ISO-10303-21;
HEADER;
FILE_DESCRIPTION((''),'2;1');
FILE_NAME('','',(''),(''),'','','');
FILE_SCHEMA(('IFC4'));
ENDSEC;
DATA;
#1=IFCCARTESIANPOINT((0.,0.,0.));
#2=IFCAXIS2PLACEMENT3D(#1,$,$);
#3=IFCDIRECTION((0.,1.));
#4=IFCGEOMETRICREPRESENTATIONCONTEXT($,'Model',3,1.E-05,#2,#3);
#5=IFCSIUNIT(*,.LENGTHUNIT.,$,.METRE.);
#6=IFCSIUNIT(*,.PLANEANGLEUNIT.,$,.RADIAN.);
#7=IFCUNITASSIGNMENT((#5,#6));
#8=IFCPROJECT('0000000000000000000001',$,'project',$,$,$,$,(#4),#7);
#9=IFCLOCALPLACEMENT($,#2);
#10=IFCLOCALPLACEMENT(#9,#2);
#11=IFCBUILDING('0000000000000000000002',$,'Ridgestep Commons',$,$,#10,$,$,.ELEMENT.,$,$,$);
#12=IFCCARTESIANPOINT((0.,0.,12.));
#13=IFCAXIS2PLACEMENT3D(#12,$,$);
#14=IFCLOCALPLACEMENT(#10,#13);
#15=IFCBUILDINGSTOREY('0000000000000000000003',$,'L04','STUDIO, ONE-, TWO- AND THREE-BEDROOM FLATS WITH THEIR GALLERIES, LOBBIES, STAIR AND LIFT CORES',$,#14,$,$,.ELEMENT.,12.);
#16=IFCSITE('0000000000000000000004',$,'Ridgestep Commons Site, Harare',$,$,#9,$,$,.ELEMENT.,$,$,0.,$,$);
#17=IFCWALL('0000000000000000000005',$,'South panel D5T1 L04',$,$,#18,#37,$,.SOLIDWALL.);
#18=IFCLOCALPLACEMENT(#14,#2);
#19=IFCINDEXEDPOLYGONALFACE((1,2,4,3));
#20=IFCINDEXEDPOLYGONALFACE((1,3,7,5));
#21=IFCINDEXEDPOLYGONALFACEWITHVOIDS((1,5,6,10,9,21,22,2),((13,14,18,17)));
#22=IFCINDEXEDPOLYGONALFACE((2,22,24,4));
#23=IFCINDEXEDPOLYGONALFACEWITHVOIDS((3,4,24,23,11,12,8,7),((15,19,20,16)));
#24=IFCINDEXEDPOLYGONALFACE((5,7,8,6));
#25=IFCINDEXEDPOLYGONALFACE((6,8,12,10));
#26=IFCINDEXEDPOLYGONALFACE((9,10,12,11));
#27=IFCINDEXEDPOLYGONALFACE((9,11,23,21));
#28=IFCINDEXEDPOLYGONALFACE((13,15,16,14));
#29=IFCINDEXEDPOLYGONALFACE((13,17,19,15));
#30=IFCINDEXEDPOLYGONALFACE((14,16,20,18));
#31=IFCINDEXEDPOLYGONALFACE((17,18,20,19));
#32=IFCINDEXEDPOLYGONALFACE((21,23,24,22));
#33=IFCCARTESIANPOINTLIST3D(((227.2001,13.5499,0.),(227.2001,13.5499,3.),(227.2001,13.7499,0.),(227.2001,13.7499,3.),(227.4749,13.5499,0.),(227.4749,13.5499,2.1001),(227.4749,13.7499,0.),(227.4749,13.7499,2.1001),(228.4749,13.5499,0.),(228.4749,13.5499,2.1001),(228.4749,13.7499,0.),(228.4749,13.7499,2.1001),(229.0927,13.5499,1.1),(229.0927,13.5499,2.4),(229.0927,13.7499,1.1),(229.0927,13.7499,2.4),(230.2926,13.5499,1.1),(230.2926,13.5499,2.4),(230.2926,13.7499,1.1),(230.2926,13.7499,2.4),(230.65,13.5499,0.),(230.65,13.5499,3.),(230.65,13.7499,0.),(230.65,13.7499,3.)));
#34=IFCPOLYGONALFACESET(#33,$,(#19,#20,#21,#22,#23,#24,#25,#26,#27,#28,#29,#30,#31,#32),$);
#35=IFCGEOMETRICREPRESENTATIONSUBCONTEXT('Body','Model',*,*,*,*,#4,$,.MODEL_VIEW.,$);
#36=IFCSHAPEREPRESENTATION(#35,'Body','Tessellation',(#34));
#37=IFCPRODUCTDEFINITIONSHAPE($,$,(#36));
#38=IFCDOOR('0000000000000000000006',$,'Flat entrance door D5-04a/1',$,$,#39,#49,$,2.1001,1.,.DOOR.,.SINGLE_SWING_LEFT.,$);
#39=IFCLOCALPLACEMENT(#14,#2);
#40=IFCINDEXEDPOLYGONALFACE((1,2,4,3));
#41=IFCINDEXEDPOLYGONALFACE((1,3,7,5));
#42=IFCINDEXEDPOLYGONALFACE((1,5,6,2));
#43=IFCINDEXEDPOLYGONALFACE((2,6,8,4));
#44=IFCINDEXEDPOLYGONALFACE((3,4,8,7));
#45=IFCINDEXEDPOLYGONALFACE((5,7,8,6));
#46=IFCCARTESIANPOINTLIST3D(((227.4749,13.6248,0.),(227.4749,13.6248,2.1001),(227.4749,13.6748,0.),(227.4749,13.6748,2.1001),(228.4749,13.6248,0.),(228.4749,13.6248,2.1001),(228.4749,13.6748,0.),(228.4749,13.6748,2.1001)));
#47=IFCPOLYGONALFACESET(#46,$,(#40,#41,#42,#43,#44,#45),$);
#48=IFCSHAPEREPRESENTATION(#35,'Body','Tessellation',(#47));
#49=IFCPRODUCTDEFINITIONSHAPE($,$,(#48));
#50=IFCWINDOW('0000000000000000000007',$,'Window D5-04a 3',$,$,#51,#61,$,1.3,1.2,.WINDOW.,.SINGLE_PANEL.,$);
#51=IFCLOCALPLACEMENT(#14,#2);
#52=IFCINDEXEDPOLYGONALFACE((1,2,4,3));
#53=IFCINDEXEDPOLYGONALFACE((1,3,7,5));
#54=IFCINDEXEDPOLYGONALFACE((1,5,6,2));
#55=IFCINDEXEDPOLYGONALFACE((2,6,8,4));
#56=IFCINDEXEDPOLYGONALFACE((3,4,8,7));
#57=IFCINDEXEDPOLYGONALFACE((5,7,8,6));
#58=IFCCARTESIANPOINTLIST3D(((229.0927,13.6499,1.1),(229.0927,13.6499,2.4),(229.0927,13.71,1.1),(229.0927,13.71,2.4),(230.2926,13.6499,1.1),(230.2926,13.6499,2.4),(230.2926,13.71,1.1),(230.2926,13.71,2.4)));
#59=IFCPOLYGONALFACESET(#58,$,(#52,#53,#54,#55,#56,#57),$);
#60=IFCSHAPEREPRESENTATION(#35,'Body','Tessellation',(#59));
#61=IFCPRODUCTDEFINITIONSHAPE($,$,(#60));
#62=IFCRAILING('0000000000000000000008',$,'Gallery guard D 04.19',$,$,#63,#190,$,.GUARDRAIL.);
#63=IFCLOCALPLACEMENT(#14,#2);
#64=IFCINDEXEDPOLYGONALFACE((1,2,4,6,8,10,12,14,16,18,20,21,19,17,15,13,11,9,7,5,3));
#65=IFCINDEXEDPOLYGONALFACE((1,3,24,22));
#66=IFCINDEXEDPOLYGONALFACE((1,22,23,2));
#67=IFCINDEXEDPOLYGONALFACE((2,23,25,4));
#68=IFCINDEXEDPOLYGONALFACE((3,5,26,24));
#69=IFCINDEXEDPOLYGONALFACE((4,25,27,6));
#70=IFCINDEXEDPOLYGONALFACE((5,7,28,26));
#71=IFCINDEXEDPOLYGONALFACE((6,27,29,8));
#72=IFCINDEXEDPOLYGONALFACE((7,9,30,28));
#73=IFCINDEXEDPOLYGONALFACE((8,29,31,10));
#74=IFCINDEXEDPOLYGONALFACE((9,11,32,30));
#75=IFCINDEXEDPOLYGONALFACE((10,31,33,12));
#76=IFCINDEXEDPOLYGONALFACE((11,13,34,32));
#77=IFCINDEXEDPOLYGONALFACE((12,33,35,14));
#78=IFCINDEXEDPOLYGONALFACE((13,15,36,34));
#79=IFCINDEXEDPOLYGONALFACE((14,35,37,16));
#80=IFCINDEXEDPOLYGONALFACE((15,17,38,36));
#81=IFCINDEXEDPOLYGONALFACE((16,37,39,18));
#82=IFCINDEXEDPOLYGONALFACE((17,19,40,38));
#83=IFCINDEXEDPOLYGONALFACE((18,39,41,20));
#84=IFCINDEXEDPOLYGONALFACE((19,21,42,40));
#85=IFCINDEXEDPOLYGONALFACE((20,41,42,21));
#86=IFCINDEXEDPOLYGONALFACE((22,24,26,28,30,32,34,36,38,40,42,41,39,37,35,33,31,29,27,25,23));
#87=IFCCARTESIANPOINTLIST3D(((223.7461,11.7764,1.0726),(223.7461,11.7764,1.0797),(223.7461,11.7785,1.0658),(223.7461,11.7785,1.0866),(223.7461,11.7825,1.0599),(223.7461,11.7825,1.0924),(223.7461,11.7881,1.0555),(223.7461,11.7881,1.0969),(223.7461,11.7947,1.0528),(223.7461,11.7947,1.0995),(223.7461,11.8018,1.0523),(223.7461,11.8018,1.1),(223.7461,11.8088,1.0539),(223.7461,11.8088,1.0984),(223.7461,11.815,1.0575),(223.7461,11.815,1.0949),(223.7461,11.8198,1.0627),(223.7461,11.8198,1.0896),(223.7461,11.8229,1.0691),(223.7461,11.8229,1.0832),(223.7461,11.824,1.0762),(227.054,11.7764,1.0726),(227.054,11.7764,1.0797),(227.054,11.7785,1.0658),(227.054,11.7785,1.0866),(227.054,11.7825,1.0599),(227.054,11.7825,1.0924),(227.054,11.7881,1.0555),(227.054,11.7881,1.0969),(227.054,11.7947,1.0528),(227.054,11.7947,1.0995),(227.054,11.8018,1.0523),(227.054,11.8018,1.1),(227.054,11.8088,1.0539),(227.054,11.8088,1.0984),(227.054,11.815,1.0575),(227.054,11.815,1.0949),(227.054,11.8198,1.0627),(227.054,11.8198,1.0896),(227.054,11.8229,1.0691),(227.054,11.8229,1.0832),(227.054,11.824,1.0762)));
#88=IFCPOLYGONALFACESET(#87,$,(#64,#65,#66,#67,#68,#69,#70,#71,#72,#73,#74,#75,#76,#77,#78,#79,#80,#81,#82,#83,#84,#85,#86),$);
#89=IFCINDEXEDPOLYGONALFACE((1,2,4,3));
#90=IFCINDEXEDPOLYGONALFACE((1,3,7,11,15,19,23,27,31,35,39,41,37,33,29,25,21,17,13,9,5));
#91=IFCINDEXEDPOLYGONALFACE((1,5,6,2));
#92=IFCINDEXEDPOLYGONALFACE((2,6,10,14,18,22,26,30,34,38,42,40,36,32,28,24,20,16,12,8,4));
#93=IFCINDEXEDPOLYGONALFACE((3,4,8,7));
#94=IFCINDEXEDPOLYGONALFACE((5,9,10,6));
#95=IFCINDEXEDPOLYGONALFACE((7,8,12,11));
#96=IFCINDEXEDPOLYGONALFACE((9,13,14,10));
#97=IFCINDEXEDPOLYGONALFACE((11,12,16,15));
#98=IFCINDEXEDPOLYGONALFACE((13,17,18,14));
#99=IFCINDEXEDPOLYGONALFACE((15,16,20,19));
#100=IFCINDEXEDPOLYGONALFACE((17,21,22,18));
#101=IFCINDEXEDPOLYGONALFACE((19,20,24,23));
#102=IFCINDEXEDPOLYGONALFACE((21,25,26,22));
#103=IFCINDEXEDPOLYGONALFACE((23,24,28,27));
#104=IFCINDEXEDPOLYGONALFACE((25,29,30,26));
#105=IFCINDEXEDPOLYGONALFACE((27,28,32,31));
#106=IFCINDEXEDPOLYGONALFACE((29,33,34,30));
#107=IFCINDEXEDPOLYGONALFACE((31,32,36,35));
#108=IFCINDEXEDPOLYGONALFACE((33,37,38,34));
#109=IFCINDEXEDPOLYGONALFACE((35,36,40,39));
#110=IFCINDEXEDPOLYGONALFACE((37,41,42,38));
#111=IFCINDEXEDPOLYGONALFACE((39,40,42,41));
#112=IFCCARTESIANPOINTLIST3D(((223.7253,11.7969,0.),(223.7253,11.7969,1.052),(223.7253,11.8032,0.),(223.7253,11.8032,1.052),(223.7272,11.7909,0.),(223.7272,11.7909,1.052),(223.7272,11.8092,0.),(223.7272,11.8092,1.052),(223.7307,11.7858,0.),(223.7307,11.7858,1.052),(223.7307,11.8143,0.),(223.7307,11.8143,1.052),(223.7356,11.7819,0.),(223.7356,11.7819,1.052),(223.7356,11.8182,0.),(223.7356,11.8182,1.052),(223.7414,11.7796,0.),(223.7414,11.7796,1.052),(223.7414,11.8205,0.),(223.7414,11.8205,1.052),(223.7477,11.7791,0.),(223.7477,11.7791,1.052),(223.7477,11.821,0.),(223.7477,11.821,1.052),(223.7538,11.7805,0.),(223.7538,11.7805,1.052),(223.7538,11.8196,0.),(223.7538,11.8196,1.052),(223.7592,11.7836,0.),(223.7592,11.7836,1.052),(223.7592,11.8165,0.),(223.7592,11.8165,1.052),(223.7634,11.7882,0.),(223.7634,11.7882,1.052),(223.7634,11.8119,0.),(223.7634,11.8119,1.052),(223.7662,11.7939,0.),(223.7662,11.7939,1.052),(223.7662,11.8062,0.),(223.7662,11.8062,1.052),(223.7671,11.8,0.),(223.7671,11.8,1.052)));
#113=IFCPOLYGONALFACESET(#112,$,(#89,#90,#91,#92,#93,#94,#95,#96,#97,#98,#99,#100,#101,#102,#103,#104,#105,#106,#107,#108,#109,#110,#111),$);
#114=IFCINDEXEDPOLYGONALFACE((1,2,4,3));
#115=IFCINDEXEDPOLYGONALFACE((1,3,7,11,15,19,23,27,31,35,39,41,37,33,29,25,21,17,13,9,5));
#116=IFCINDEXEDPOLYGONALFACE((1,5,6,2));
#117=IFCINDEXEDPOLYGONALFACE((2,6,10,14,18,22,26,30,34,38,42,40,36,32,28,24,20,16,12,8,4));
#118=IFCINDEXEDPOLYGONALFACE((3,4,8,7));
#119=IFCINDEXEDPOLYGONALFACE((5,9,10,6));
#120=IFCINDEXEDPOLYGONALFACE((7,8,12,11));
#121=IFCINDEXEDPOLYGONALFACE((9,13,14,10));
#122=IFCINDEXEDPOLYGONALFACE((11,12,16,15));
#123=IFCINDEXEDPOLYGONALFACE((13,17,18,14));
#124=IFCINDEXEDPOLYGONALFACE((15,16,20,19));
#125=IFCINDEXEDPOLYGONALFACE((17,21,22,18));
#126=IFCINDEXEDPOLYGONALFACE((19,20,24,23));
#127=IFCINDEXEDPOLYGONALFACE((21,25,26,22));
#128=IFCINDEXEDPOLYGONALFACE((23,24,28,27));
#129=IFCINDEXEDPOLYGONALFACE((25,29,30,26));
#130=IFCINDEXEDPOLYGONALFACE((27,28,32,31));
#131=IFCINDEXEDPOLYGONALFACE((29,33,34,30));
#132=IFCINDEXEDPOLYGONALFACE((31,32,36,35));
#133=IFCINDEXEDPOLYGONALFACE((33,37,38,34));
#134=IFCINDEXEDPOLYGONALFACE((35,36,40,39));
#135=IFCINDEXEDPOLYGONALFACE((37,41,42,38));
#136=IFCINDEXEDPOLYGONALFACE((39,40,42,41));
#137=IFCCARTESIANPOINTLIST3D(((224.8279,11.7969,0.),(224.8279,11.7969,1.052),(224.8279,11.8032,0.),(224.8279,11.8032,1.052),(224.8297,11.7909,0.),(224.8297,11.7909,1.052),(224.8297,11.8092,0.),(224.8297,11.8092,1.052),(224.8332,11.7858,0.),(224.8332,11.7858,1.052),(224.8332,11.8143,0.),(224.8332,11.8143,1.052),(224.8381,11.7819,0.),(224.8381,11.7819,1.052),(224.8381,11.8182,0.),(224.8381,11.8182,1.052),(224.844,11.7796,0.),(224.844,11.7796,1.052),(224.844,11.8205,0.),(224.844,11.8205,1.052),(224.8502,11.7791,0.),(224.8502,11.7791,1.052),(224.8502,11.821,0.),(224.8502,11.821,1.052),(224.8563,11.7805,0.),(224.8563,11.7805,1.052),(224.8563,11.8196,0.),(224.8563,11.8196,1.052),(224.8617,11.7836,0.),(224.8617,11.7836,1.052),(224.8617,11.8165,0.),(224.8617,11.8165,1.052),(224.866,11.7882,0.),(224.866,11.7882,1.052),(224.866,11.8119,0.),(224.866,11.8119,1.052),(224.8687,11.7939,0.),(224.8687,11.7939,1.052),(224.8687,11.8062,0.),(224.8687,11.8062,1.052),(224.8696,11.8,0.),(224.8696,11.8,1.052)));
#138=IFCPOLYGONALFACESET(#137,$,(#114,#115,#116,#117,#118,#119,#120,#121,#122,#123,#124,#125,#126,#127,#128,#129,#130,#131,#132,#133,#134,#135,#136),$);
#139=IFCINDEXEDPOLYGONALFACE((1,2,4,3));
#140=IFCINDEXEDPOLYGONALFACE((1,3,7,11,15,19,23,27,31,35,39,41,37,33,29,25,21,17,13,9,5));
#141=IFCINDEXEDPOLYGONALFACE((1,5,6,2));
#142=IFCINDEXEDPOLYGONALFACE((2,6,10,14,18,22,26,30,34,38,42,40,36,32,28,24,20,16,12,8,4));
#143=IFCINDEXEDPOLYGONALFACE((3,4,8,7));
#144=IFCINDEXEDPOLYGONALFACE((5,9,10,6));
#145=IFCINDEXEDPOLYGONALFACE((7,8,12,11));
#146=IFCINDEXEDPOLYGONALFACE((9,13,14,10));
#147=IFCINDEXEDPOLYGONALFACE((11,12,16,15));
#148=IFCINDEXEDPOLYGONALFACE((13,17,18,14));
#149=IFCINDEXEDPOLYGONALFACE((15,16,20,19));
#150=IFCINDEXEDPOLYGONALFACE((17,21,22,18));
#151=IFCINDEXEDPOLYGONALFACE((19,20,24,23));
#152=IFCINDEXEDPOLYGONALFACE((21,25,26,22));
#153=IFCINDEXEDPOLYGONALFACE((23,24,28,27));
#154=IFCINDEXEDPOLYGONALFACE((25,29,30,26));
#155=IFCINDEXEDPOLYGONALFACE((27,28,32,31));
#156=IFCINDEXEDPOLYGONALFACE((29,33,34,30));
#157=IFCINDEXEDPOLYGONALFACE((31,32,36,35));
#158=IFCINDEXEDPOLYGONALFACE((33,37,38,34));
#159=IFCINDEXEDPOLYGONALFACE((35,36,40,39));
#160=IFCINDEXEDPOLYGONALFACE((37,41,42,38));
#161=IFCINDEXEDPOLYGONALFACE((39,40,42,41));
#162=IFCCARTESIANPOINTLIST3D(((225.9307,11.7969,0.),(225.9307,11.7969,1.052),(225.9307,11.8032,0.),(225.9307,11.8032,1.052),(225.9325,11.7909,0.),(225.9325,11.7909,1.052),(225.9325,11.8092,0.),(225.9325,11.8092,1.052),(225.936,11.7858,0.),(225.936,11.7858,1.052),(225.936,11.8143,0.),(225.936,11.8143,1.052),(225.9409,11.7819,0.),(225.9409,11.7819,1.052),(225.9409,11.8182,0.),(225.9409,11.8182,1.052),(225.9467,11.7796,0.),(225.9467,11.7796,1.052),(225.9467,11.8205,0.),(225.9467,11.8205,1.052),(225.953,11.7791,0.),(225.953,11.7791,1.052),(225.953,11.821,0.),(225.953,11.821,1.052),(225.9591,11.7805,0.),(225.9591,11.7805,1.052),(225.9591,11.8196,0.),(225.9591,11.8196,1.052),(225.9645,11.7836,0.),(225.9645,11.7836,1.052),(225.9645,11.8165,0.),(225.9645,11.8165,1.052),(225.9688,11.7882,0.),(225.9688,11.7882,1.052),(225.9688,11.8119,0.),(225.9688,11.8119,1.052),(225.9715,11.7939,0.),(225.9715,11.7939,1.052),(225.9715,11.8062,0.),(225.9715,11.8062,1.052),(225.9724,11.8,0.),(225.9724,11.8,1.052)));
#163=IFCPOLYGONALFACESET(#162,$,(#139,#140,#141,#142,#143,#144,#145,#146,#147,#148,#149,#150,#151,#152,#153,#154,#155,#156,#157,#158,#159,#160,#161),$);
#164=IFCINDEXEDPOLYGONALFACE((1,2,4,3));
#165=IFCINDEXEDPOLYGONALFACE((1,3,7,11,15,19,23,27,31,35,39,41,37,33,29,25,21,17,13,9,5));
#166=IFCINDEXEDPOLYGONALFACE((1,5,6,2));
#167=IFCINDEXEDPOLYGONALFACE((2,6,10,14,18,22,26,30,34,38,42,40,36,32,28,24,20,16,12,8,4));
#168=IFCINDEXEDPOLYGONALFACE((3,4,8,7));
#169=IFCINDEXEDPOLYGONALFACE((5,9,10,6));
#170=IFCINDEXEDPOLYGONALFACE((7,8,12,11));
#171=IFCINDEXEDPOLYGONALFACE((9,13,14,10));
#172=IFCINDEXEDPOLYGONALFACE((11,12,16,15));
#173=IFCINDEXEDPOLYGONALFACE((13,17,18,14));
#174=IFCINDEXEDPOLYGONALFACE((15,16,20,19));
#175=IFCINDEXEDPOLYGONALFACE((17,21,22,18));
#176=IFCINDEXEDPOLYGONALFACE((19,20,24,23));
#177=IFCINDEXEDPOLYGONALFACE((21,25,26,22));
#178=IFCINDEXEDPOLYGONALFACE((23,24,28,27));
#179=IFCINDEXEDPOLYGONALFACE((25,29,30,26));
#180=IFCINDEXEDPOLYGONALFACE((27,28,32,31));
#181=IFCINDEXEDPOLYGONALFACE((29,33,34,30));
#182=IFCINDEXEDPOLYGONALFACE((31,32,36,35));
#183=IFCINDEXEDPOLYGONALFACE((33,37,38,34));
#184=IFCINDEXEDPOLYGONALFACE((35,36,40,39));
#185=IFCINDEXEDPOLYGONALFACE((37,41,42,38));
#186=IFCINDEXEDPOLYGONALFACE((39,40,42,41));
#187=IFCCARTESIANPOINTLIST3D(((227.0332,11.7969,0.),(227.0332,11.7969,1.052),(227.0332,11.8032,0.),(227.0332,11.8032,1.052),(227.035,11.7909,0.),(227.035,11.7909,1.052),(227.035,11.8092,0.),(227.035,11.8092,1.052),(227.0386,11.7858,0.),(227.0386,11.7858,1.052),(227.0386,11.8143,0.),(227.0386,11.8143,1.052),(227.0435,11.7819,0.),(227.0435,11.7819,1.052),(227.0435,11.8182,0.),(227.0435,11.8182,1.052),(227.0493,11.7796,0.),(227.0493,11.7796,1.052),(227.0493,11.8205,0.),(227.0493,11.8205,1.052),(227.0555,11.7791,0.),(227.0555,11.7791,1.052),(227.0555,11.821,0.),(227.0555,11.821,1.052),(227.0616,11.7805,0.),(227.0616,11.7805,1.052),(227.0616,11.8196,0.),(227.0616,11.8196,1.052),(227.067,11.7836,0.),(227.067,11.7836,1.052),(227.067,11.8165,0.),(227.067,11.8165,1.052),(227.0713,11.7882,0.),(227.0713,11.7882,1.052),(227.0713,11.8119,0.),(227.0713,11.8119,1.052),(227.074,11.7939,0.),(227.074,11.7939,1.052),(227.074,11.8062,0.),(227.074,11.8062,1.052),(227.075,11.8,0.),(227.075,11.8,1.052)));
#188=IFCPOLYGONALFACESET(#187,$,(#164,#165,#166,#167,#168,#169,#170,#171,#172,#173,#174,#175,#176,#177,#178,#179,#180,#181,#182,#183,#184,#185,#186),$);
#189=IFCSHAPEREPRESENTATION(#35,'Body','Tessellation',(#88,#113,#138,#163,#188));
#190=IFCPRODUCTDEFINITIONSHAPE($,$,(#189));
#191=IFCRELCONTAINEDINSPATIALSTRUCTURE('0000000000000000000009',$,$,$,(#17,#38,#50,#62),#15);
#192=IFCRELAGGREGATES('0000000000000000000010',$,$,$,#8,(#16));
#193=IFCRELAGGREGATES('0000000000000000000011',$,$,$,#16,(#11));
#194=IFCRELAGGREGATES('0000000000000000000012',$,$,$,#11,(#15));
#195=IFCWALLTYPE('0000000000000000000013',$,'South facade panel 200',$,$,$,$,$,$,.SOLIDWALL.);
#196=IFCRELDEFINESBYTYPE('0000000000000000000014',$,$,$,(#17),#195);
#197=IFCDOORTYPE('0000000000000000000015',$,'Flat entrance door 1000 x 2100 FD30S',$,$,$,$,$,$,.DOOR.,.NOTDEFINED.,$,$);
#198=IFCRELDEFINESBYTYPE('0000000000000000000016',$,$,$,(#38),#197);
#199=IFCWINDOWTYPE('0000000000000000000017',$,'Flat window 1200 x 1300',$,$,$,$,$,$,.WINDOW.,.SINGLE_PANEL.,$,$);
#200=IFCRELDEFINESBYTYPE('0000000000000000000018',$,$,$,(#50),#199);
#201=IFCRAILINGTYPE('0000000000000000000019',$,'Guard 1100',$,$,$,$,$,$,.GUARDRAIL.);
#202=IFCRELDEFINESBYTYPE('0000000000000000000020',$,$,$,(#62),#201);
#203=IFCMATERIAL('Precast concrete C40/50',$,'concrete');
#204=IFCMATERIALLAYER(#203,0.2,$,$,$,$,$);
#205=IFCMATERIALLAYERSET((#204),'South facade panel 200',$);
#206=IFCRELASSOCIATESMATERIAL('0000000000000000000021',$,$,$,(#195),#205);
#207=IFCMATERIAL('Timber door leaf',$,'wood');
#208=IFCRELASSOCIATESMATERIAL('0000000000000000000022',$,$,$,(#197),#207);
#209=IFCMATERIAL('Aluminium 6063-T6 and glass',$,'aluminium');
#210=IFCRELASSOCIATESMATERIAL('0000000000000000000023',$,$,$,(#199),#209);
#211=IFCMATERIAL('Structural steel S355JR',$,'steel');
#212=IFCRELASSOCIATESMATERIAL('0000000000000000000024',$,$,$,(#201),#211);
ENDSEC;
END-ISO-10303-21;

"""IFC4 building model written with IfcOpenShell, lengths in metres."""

from ifc_helpers import new_model, si_unit, direction, frame, frame_2d, origin, origin_2d, place, context, subcontext, project, spatial, rectangle, circle, extrude, material, layer, layer_set, type_object, element, fill, save


model = new_model("IFC4")

# Units and contexts
model_context = context("Model", 3, precision=1e-05, world=origin(), true_north=direction((0.0, 1.0)))
body_context = subcontext(model_context, "Body", "Model", "MODEL_VIEW")
ifc_project = project(units=[si_unit("LENGTHUNIT", "METRE"), si_unit("PLANEANGLEUNIT", "RADIAN")], contexts=[model_context])

# Site, building, storey
site_placement = place(None, origin())
site = spatial("IfcSite", under=ifc_project, at=site_placement, Name="Ridgestep Commons Site, Harare", CompositionType="ELEMENT", RefElevation=0.0)
building_placement = place(site_placement, origin())
building = spatial("IfcBuilding", under=site, at=building_placement, Name="Ridgestep Commons", CompositionType="ELEMENT")
storey_placement = place(building_placement, frame((0.0, 0.0, 12.0)))
storey = spatial("IfcBuildingStorey", under=building, at=storey_placement, Name="L04", Description="STUDIO, ONE-, TWO- AND THREE-BEDROOM FLATS WITH THEIR GALLERIES, LOBBIES, STAIR AND LIFT CORES", CompositionType="ELEMENT", Elevation=12.0)

# Shared definitions
ifc_material_1 = material(Name="Precast concrete C40/50", Category="concrete")
ifc_layer_1 = layer(ifc_material_1, 0.2)
ifc_layer_set_1 = layer_set([ifc_layer_1], Name="South facade panel 200")
wall_type_1 = type_object("IfcWallType", Name="South facade panel 200", PredefinedType="SOLIDWALL", material=ifc_layer_set_1)

# Wall, openings, door, window
wall_1_placement = place(storey_placement, frame((227.2, 13.6499, 0.0), z_axis=(0.0, 0.0, 1.0), x_axis=(1.0, 0.0, 0.0)))
wall_1 = element("IfcWall", 1, at=wall_1_placement, inside=storey, type_object=wall_type_1, Name="South panel D5T1 L04", PredefinedType="SOLIDWALL", context=body_context, shape_type="SweptSolid", body=[
    extrude(rectangle(XDim=3.45, YDim=0.2, at=frame_2d((1.7251, 0.0))), origin(), (0.0, 0.0, 1.0), 3.0),
])
opening_1_placement = place(wall_1_placement, frame((1.8926, 0.0, 1.1001)))
opening_1 = element("IfcOpeningElement", 2, at=opening_1_placement, cuts=wall_1, PredefinedType="OPENING", context=body_context, shape_type="SweptSolid", body=[
    extrude(rectangle(XDim=1.2, YDim=1.3, at=frame_2d((0.6001, 0.6499))), frame((0.0, 0.1099, 0.0), z_axis=(0.0, -1.0, 0.0), x_axis=(1.0, 0.0, 0.0)), (0.0, 0.0, 1.0), 0.22),
])
opening_2_placement = place(wall_1_placement, frame((0.2749, 0.0, 0.0)))
opening_2 = element("IfcOpeningElement", 3, at=opening_2_placement, cuts=wall_1, PredefinedType="OPENING", context=body_context, shape_type="SweptSolid", body=[
    extrude(rectangle(XDim=1.0, YDim=2.1001, at=frame_2d((0.5, 1.05))), frame((0.0, 0.1099, 0.0), z_axis=(0.0, -1.0, 0.0), x_axis=(1.0, 0.0, 0.0)), (0.0, 0.0, 1.0), 0.22),
])
ifc_material_2 = material(Name="Timber door leaf", Category="wood")
door_type_1 = type_object("IfcDoorType", Name="Flat entrance door 1000 x 2100 FD30S", OperationType="NOTDEFINED", PredefinedType="DOOR", material=ifc_material_2)
door_1_placement = place(opening_2_placement, origin())
door_1 = element("IfcDoor", 4, at=door_1_placement, inside=storey, type_object=door_type_1, Name="Flat entrance door D5-04a/1", OperationType="SINGLE_SWING_LEFT", OverallHeight=2.1001, OverallWidth=1.0, PredefinedType="DOOR", context=body_context, shape_type="SweptSolid", body=[
    extrude(rectangle(XDim=1.0, YDim=2.1001, at=frame_2d((0.5, 1.05))), frame((0.0, 0.0249, 0.0), z_axis=(0.0, -1.0, 0.0), x_axis=(1.0, 0.0, 0.0)), (0.0, 0.0, 1.0), 0.05),
])
fill(opening_2, door_1)
ifc_material_3 = material(Name="Aluminium 6063-T6 and glass", Category="aluminium")
window_type_1 = type_object("IfcWindowType", Name="Flat window 1200 x 1300", PartitioningType="SINGLE_PANEL", PredefinedType="WINDOW", material=ifc_material_3)
window_1_placement = place(opening_1_placement, origin())
window_1 = element("IfcWindow", 5, at=window_1_placement, inside=storey, type_object=window_type_1, Name="Window D5-04a 3", OverallHeight=1.3, OverallWidth=1.2, PartitioningType="SINGLE_PANEL", PredefinedType="WINDOW", context=body_context, shape_type="SweptSolid", body=[
    extrude(rectangle(XDim=1.2, YDim=1.3, at=frame_2d((0.6001, 0.6499))), frame((0.0, 0.0601, 0.0), z_axis=(0.0, -1.0, 0.0), x_axis=(1.0, 0.0, 0.0)), (0.0, 0.0, 1.0), 0.0601),
])
fill(opening_1, window_1)

# Railing
ifc_material_4 = material(Name="Structural steel S355JR", Category="steel")
railing_type = type_object("IfcRailingType", Name="Guard 1100", PredefinedType="GUARDRAIL", material=ifc_material_4)
railing_1_placement = place(storey_placement, frame((223.7461, 11.8, 0.0)))
element("IfcRailing", 6, at=railing_1_placement, inside=storey, type_object=railing_type, Name="Gallery guard D 04.19", PredefinedType="GUARDRAIL", context=body_context, shape_type="SweptSolid", body=[
    extrude(circle(Radius=0.0239, at=origin_2d()), frame((0.0, 0.0, 1.0762), z_axis=(1.0, 0.0, 0.0), x_axis=(0.0, 1.0, 0.0)), (0.0, 0.0, 1.0), 3.3079),
    extrude(circle(Radius=0.021, at=origin_2d()), origin(), (0.0, 0.0, 1.0), 1.052),
    extrude(circle(Radius=0.021, at=origin_2d()), frame((1.1025, 0.0, 0.0)), (0.0, 0.0, 1.0), 1.052),
    extrude(circle(Radius=0.021, at=origin_2d()), frame((2.2053, 0.0, 0.0)), (0.0, 0.0, 1.0), 1.052),
    extrude(circle(Radius=0.021, at=origin_2d()), frame((3.3079, 0.0, 0.0)), (0.0, 0.0, 1.0), 1.052),
])

save(model, "model.ifc")
